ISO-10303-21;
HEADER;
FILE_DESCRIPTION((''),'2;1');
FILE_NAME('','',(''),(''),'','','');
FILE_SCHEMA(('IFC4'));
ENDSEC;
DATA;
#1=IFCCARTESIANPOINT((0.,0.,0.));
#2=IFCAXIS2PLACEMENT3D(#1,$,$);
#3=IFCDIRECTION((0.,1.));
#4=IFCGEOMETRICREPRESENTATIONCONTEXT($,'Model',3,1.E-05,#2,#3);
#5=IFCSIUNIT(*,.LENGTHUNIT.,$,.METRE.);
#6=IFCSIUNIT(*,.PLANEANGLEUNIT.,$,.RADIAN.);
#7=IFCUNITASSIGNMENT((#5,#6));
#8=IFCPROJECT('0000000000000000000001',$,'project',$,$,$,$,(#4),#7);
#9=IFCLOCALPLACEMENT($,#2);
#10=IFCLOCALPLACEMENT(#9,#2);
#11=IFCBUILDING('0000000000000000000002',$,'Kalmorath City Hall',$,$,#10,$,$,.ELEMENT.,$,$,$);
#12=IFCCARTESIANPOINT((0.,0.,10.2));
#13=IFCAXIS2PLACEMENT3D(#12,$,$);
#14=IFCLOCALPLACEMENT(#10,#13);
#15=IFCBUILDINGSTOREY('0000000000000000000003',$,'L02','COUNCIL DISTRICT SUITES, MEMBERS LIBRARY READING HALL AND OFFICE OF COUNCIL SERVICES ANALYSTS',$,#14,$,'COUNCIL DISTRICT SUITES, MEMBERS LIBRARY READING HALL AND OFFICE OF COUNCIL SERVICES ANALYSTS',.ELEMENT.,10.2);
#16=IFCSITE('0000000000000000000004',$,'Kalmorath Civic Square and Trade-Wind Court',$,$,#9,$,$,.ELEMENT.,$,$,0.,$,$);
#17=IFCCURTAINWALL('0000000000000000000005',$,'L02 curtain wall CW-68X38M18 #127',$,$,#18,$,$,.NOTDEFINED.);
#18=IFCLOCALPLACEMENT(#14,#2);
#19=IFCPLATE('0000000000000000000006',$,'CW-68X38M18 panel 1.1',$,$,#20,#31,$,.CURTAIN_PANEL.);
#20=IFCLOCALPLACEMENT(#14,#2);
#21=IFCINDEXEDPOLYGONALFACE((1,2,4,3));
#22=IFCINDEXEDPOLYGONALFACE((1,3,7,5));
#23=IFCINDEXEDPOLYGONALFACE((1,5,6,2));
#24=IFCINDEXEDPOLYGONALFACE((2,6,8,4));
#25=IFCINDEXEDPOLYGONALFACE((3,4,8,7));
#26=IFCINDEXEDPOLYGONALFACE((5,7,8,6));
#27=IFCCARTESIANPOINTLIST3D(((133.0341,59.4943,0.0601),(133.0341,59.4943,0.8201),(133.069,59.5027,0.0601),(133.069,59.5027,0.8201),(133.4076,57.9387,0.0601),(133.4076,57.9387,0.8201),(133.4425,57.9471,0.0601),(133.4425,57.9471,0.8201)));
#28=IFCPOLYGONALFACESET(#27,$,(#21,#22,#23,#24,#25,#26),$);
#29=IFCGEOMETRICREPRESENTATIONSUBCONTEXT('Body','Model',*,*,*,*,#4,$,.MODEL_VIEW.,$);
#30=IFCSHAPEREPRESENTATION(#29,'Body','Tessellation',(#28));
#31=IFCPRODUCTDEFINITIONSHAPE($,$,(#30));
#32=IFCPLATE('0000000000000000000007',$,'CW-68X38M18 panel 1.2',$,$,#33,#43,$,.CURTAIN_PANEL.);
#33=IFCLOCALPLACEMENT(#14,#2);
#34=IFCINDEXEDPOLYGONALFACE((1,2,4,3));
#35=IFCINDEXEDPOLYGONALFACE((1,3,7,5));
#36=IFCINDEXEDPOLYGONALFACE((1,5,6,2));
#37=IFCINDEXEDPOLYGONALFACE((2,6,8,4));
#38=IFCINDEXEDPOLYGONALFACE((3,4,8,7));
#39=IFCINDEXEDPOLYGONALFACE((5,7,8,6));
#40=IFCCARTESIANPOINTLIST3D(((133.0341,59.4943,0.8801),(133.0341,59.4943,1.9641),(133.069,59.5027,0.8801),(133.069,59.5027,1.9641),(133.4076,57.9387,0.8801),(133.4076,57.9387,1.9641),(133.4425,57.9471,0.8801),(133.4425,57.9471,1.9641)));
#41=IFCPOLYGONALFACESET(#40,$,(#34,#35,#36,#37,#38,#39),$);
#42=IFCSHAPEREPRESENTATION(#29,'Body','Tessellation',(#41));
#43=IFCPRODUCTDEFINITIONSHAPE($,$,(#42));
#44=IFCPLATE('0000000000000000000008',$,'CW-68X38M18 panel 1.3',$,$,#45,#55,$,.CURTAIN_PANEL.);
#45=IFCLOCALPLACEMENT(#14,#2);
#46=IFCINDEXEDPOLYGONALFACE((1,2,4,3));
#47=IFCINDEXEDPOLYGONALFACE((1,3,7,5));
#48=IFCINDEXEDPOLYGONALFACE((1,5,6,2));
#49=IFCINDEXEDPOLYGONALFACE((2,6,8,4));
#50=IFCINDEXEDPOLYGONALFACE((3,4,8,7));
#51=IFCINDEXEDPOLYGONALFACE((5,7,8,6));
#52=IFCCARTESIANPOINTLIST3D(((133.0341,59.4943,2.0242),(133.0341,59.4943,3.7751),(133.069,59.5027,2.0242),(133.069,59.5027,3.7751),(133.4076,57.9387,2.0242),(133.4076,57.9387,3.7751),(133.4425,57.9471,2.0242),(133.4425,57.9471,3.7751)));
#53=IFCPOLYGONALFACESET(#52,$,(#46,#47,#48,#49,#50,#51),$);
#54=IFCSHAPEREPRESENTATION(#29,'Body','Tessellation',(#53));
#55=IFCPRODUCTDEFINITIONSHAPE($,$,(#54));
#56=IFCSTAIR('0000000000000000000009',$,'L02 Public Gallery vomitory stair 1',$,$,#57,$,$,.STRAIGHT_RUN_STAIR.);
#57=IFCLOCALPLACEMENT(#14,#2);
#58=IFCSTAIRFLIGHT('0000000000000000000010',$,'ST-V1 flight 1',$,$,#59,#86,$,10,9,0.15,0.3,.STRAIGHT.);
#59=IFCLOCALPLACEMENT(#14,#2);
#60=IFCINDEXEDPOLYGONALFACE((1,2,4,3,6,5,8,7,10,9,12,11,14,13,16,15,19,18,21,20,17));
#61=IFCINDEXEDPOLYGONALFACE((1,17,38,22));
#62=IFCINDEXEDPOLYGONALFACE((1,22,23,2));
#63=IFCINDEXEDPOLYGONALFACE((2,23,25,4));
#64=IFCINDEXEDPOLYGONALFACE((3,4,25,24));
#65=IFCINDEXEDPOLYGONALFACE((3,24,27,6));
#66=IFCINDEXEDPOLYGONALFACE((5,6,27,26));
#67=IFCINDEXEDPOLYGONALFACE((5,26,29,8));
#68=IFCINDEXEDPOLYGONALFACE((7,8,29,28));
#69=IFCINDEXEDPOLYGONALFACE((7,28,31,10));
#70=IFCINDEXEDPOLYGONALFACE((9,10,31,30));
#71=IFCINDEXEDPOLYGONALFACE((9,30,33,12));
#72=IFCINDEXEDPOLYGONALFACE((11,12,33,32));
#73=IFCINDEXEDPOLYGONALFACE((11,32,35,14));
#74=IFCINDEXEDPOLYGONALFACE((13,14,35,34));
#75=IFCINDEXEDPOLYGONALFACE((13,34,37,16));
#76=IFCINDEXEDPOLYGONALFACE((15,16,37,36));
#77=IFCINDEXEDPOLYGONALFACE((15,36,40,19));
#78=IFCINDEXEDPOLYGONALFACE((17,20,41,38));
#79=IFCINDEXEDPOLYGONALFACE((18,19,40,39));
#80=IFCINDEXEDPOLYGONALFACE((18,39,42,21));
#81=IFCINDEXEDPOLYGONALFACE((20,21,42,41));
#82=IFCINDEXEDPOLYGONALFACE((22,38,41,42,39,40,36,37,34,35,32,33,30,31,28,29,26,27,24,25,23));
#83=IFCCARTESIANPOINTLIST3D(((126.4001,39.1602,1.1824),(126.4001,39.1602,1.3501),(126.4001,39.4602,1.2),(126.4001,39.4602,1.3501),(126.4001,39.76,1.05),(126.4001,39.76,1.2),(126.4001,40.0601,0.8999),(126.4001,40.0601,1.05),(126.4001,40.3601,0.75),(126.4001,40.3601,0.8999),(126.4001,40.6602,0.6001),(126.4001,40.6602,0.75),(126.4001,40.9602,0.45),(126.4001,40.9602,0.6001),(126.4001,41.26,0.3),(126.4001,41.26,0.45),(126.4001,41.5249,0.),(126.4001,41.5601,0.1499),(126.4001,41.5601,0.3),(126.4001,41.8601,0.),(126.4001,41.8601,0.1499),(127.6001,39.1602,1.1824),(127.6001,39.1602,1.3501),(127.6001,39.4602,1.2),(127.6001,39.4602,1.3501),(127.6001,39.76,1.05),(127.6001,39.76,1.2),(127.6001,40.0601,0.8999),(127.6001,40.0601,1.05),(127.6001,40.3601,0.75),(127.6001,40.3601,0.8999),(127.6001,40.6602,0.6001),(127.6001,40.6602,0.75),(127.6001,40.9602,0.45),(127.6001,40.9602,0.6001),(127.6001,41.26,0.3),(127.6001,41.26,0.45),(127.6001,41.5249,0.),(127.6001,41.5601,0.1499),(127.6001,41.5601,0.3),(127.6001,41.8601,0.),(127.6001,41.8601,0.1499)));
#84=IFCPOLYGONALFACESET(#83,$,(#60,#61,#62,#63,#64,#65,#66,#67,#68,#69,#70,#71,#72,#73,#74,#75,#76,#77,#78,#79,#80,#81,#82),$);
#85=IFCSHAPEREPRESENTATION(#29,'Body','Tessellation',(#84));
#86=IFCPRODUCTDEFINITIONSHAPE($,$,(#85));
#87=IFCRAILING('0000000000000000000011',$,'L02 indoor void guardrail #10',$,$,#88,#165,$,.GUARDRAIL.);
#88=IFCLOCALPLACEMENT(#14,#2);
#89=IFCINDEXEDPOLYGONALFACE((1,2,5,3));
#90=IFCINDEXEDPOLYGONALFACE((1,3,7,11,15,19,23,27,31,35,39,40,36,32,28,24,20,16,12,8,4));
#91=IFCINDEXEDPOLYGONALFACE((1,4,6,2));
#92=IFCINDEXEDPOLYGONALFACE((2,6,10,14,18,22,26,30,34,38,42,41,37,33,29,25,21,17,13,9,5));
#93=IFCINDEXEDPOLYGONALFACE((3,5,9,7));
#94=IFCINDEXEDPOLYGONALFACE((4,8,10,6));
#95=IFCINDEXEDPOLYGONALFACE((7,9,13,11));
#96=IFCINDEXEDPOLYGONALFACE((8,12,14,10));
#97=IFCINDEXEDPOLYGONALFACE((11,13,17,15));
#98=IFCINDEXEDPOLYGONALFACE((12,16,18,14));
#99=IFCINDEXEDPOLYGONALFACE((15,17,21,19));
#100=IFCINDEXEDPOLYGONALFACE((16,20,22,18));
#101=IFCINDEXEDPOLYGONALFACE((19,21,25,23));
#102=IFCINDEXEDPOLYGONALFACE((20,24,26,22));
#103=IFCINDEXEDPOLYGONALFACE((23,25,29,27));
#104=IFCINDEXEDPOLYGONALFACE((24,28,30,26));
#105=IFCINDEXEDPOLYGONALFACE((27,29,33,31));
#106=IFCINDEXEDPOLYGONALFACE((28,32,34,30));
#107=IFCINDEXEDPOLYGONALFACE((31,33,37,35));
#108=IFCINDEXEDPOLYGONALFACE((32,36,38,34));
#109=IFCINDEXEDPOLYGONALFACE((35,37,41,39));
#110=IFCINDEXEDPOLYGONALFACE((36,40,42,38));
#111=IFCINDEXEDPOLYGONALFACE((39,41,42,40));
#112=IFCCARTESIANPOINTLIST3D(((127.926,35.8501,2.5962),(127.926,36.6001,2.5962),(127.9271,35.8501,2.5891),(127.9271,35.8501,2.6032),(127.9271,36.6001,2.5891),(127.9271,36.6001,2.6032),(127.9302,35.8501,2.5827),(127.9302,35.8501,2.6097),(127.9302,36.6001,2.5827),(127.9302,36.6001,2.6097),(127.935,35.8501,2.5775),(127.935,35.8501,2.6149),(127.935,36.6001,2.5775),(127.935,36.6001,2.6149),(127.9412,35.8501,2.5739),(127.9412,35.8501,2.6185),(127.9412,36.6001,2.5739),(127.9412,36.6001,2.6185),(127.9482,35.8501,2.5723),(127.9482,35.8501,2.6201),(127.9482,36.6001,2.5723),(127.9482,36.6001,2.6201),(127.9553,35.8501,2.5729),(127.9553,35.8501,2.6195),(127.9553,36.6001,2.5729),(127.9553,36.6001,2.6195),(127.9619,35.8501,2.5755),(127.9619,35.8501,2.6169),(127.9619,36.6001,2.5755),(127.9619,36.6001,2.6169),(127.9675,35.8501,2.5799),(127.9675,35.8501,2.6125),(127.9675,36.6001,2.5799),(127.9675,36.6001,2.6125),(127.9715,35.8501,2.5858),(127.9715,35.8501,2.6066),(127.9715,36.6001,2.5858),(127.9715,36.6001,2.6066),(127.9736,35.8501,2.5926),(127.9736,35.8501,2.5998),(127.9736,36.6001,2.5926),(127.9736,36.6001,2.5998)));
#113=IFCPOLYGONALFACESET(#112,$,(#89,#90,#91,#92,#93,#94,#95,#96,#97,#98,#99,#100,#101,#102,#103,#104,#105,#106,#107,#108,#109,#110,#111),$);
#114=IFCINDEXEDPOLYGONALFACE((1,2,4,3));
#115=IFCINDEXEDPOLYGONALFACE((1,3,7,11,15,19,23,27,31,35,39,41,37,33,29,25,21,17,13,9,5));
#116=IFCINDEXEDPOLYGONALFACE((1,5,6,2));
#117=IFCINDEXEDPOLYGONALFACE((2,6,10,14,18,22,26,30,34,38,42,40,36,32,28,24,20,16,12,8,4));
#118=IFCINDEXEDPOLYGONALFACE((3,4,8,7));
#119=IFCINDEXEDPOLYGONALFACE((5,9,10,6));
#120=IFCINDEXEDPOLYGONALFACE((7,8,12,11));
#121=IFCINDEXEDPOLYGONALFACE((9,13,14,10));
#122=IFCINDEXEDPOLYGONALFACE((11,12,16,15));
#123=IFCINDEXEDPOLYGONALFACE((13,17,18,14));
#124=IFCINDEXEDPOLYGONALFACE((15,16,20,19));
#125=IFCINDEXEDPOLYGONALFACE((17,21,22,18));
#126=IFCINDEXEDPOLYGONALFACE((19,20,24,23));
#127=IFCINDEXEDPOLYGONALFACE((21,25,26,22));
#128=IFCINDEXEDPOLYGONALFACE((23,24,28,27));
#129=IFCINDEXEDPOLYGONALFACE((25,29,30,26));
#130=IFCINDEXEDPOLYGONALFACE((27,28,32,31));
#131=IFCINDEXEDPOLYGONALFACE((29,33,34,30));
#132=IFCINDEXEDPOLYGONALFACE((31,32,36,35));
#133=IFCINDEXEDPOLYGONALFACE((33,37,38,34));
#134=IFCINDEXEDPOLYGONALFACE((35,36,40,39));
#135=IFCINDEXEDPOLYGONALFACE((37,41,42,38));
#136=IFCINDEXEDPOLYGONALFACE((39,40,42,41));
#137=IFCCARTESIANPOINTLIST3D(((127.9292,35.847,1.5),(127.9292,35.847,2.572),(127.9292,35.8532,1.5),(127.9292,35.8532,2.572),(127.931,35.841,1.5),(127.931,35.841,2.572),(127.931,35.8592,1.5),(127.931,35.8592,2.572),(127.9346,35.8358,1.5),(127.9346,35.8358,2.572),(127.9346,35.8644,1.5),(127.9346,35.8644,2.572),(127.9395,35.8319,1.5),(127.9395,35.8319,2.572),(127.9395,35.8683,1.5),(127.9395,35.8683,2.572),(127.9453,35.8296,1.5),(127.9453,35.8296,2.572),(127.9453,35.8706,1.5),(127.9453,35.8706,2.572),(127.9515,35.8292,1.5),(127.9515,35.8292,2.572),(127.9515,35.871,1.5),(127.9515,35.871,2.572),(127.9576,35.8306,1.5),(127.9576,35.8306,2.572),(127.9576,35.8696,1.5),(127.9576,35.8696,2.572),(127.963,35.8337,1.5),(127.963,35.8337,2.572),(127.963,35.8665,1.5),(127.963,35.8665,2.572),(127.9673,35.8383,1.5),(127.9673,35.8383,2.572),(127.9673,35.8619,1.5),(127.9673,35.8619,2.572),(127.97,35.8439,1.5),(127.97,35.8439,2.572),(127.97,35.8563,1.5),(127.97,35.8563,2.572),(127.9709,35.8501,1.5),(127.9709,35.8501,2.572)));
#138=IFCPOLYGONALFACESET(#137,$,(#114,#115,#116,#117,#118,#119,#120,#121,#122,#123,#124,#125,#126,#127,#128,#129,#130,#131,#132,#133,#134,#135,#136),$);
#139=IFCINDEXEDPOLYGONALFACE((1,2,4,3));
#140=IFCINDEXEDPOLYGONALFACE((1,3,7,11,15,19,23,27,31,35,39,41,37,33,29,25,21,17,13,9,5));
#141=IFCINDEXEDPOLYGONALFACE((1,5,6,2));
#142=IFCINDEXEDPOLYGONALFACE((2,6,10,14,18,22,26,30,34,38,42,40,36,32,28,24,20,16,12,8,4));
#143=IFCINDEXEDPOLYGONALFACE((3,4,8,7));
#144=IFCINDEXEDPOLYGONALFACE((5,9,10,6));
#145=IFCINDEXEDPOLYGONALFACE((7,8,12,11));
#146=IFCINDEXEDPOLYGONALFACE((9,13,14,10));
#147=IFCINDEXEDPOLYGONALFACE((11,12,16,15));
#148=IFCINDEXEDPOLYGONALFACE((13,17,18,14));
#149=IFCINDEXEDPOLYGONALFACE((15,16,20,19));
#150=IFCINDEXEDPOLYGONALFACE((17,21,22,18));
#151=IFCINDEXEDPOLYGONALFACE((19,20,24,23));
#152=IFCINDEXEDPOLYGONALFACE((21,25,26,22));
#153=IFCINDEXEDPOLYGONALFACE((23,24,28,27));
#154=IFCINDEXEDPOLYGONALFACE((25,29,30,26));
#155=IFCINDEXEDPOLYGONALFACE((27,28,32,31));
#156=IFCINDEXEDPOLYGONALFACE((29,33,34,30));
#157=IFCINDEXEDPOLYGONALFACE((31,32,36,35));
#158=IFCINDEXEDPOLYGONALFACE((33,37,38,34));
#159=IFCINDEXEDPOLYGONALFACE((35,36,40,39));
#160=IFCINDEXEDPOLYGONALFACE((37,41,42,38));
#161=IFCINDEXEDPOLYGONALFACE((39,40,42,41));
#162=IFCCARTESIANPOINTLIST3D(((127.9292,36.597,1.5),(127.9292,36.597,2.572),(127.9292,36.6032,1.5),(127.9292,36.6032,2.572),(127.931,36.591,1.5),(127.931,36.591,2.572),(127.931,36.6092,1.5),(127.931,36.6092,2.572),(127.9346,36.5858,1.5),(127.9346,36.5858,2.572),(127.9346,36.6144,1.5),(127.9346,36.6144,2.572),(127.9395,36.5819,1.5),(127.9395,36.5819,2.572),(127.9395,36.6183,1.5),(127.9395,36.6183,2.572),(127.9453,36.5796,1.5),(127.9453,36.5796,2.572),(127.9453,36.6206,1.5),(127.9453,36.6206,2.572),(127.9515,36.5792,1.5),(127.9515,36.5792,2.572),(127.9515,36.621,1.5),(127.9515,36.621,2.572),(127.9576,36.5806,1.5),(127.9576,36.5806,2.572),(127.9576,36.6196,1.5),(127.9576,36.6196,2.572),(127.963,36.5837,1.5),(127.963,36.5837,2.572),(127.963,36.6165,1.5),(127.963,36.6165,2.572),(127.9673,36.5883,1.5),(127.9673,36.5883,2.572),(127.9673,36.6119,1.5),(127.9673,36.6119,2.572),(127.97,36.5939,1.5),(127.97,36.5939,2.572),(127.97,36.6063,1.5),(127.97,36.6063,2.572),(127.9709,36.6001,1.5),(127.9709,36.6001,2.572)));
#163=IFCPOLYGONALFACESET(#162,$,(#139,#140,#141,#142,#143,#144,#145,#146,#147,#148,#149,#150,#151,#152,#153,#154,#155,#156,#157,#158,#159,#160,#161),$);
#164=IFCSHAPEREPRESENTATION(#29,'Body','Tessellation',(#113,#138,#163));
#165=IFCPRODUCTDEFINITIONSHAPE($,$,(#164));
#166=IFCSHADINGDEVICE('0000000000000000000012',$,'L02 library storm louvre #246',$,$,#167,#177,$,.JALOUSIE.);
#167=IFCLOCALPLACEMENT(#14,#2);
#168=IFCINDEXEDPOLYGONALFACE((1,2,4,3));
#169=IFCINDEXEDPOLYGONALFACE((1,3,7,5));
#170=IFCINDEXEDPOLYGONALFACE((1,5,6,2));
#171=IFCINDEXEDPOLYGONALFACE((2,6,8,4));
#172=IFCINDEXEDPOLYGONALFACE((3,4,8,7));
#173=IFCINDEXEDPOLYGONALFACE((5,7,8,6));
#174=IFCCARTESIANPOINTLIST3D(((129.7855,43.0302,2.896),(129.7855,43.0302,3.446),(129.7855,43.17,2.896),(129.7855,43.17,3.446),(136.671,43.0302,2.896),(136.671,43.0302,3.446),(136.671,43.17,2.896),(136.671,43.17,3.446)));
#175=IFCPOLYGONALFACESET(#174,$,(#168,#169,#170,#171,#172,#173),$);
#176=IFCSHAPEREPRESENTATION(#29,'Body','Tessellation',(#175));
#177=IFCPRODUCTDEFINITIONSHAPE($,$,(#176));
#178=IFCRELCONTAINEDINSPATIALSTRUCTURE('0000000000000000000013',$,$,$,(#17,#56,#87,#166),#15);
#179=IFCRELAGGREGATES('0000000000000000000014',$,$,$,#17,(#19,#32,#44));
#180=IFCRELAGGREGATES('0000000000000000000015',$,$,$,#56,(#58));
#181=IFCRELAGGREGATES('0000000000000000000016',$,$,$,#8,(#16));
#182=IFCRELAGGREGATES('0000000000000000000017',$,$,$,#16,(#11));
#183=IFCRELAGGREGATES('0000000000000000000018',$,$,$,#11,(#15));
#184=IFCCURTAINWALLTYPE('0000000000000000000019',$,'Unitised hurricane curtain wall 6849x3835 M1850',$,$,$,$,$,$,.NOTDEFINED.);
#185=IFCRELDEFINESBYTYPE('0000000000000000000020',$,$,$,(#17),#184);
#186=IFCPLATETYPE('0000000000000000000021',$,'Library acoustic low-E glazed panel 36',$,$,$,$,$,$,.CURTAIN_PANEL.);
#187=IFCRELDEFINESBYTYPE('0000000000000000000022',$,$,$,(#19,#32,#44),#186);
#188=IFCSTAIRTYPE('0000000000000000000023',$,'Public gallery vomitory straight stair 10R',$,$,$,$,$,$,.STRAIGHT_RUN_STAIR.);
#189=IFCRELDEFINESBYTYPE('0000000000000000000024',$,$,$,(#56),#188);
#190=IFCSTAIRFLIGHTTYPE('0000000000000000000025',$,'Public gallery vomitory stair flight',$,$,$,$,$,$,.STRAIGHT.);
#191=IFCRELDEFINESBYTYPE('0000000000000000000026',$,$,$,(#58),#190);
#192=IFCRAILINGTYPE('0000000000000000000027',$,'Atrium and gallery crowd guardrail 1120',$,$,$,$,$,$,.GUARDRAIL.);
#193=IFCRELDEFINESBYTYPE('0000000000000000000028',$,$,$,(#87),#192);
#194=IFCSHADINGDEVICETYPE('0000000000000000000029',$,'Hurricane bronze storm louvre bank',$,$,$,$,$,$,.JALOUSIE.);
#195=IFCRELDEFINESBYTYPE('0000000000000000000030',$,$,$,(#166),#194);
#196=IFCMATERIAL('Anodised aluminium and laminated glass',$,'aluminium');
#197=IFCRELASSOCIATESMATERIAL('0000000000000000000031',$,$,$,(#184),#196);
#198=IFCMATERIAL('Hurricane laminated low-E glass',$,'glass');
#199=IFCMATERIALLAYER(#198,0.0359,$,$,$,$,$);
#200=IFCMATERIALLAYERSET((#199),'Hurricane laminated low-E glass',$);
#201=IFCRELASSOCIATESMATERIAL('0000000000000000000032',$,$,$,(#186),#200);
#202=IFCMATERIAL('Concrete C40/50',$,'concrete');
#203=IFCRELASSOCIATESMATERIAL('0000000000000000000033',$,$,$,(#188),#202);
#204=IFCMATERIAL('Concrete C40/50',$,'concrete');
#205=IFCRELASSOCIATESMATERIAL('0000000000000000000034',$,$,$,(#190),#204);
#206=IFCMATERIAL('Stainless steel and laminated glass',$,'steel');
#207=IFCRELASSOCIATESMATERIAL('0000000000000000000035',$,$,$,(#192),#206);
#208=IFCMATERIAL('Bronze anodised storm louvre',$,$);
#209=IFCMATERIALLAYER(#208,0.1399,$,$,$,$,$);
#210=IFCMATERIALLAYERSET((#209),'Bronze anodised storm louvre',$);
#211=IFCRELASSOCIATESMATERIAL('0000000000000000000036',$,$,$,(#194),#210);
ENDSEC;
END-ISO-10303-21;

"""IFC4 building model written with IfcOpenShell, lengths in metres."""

from ifc_helpers import new_model, si_unit, direction, frame, origin, origin_2d, place, context, subcontext, project, spatial, polyline, rectangle, circle, outline, extrude, material, layer, layer_set, type_object, element, aggregate, save


model = new_model("IFC4")

# Units and contexts
model_context = context("Model", 3, precision=1e-05, world=origin(), true_north=direction((0.0, 1.0)))
body_context = subcontext(model_context, "Body", "Model", "MODEL_VIEW")
ifc_project = project(units=[si_unit("LENGTHUNIT", "METRE"), si_unit("PLANEANGLEUNIT", "RADIAN")], contexts=[model_context])

# Site, building, storey
site_placement = place(None, origin())
site = spatial("IfcSite", under=ifc_project, at=site_placement, Name="Kalmorath Civic Square and Trade-Wind Court", CompositionType="ELEMENT", RefElevation=0.0)
building_placement = place(site_placement, origin())
building = spatial("IfcBuilding", under=site, at=building_placement, Name="Kalmorath City Hall", CompositionType="ELEMENT")
storey_placement = place(building_placement, frame((0.0, 0.0, 10.2)))
storey = spatial("IfcBuildingStorey", under=building, at=storey_placement, Name="L02", Description="COUNCIL DISTRICT SUITES, MEMBERS LIBRARY READING HALL AND OFFICE OF COUNCIL SERVICES ANALYSTS", LongName="COUNCIL DISTRICT SUITES, MEMBERS LIBRARY READING HALL AND OFFICE OF COUNCIL SERVICES ANALYSTS", CompositionType="ELEMENT", Elevation=10.2)

# Curtain wall
ifc_material_1 = material(Name="Anodised aluminium and laminated glass", Category="aluminium")
curtain_wall_type_1 = type_object("IfcCurtainWallType", Name="Unitised hurricane curtain wall 6849x3835 M1850", PredefinedType="NOTDEFINED", material=ifc_material_1)
curtain_wall_1_placement = place(storey_placement, origin())
curtain_wall_1 = element("IfcCurtainWall", 1, at=curtain_wall_1_placement, inside=storey, type_object=curtain_wall_type_1, Name="L02 curtain wall CW-68X38M18 #127", PredefinedType="NOTDEFINED")

# Plates
ifc_material_2 = material(Name="Hurricane laminated low-E glass", Category="glass")
ifc_layer_1 = layer(ifc_material_2, 0.0359)
ifc_layer_set_1 = layer_set([ifc_layer_1], Name="Hurricane laminated low-E glass")
plate_type = type_object("IfcPlateType", Name="Library acoustic low-E glazed panel 36", PredefinedType="CURTAIN_PANEL", material=ifc_layer_set_1)
plate_1_placement = place(storey_placement, frame((133.2383, 58.7207, 0.0601), z_axis=(0.0, 0.0, 1.0), x_axis=(-0.233456, 0.972367, 0.0)))
plate_1 = element("IfcPlate", 2, at=plate_1_placement, type_object=plate_type, Name="CW-68X38M18 panel 1.1", PredefinedType="CURTAIN_PANEL", context=body_context, shape_type="SweptSolid", body=[
    extrude(rectangle(XDim=1.5999, YDim=0.0359, at=origin_2d()), origin(), (0.0, 0.0, 1.0), 0.76),
])
plate_2_placement = place(storey_placement, frame((133.2383, 58.7207, 0.8801), z_axis=(0.0, 0.0, 1.0), x_axis=(-0.233456, 0.972367, 0.0)))
plate_2 = element("IfcPlate", 3, at=plate_2_placement, type_object=plate_type, Name="CW-68X38M18 panel 1.2", PredefinedType="CURTAIN_PANEL", context=body_context, shape_type="SweptSolid", body=[
    extrude(rectangle(XDim=1.5999, YDim=0.0359, at=origin_2d()), origin(), (0.0, 0.0, 1.0), 1.084),
])
plate_3_placement = place(storey_placement, frame((133.2383, 58.7207, 2.0242), z_axis=(0.0, 0.0, 1.0), x_axis=(-0.233456, 0.972367, 0.0)))
plate_3 = element("IfcPlate", 4, at=plate_3_placement, type_object=plate_type, Name="CW-68X38M18 panel 1.3", PredefinedType="CURTAIN_PANEL", context=body_context, shape_type="SweptSolid", body=[
    extrude(rectangle(XDim=1.5999, YDim=0.0359, at=origin_2d()), origin(), (0.0, 0.0, 1.0), 1.751),
])
aggregate(curtain_wall_1, [plate_1, plate_2, plate_3])

# Stair, stair flight
ifc_material_3 = material(Name="Concrete C40/50", Category="concrete")
stair_type = type_object("IfcStairType", Name="Public gallery vomitory straight stair 10R", PredefinedType="STRAIGHT_RUN_STAIR", material=ifc_material_3)
stair_placement = place(storey_placement, origin())
stair = element("IfcStair", 5, at=stair_placement, inside=storey, type_object=stair_type, Name="L02 Public Gallery vomitory stair 1", PredefinedType="STRAIGHT_RUN_STAIR")
ifc_material_4 = material(Name="Concrete C40/50", Category="concrete")
stair_flight_type = type_object("IfcStairFlightType", Name="Public gallery vomitory stair flight", PredefinedType="STRAIGHT", material=ifc_material_4)
stair_flight_placement = place(storey_placement, frame((127.0, 41.8601, 0.0), z_axis=(0.0, 0.0, 1.0), x_axis=(0.0, -1.0, 0.0)))
stair_flight = element("IfcStairFlight", 6, at=stair_flight_placement, type_object=stair_flight_type, Name="ST-V1 flight 1", NumberOfRisers=10, NumberOfTreads=9, PredefinedType="STRAIGHT", RiserHeight=0.15, TreadLength=0.3, context=body_context, shape_type="SweptSolid", body=[
    extrude(outline(polyline([(0.0, 0.0), (0.0, 0.1499), (0.3, 0.1499), (0.3, 0.3), (0.6001, 0.3), (0.6001, 0.45), (0.8999, 0.45), (0.8999, 0.6001), (1.2, 0.6001), (1.2, 0.75), (1.5, 0.75), (1.5, 0.8999), (1.8, 0.8999), (1.8, 1.05), (2.1001, 1.05), (2.1001, 1.2), (2.3999, 1.2), (2.3999, 1.3501), (2.7, 1.3501), (2.7, 1.5), (2.7, 1.1824), (0.3352, 0.0), (0.0, 0.0)])), frame((0.0, 0.6001, 0.0), z_axis=(0.0, -1.0, 0.0), x_axis=(1.0, 0.0, 0.0)), (0.0, 0.0, 1.0), 1.2),
])
aggregate(stair, [stair_flight])

# Railing
ifc_material_5 = material(Name="Stainless steel and laminated glass", Category="steel")
railing_type_1 = type_object("IfcRailingType", Name="Atrium and gallery crowd guardrail 1120", PredefinedType="GUARDRAIL", material=ifc_material_5)
railing_1_placement = place(storey_placement, frame((127.95, 35.8501, 1.5)))
element("IfcRailing", 7, at=railing_1_placement, inside=storey, type_object=railing_type_1, Name="L02 indoor void guardrail #10", PredefinedType="GUARDRAIL", context=body_context, shape_type="SweptSolid", body=[
    extrude(circle(Radius=0.0239, at=origin_2d()), frame((0.0, 0.0, 1.0962), z_axis=(0.0, 1.0, 0.0), x_axis=(-1.0, 0.0, 0.0)), (0.0, 0.0, 1.0), 0.75),
    extrude(circle(Radius=0.021, at=origin_2d()), origin(), (0.0, 0.0, 1.0), 1.072),
    extrude(circle(Radius=0.021, at=origin_2d()), frame((0.0, 0.75, 0.0)), (0.0, 0.0, 1.0), 1.072),
])

# Shading device
ifc_material_6 = material(Name="Bronze anodised storm louvre")
ifc_layer_2 = layer(ifc_material_6, 0.1399)
ifc_layer_set_2 = layer_set([ifc_layer_2], Name="Bronze anodised storm louvre")
shading_device_type = type_object("IfcShadingDeviceType", Name="Hurricane bronze storm louvre bank", PredefinedType="JALOUSIE", material=ifc_layer_set_2)
shading_device_placement = place(storey_placement, frame((133.2283, 43.1001, 2.896), z_axis=(0.0, 0.0, 1.0), x_axis=(1.0, 0.0, 0.0)))
element("IfcShadingDevice", 8, at=shading_device_placement, inside=storey, type_object=shading_device_type, Name="L02 library storm louvre #246", PredefinedType="JALOUSIE", context=body_context, shape_type="SweptSolid", body=[
    extrude(rectangle(XDim=6.8855, YDim=0.1399, at=origin_2d()), origin(), (0.0, 0.0, 1.0), 0.55),
])

save(model, "model.ifc")
